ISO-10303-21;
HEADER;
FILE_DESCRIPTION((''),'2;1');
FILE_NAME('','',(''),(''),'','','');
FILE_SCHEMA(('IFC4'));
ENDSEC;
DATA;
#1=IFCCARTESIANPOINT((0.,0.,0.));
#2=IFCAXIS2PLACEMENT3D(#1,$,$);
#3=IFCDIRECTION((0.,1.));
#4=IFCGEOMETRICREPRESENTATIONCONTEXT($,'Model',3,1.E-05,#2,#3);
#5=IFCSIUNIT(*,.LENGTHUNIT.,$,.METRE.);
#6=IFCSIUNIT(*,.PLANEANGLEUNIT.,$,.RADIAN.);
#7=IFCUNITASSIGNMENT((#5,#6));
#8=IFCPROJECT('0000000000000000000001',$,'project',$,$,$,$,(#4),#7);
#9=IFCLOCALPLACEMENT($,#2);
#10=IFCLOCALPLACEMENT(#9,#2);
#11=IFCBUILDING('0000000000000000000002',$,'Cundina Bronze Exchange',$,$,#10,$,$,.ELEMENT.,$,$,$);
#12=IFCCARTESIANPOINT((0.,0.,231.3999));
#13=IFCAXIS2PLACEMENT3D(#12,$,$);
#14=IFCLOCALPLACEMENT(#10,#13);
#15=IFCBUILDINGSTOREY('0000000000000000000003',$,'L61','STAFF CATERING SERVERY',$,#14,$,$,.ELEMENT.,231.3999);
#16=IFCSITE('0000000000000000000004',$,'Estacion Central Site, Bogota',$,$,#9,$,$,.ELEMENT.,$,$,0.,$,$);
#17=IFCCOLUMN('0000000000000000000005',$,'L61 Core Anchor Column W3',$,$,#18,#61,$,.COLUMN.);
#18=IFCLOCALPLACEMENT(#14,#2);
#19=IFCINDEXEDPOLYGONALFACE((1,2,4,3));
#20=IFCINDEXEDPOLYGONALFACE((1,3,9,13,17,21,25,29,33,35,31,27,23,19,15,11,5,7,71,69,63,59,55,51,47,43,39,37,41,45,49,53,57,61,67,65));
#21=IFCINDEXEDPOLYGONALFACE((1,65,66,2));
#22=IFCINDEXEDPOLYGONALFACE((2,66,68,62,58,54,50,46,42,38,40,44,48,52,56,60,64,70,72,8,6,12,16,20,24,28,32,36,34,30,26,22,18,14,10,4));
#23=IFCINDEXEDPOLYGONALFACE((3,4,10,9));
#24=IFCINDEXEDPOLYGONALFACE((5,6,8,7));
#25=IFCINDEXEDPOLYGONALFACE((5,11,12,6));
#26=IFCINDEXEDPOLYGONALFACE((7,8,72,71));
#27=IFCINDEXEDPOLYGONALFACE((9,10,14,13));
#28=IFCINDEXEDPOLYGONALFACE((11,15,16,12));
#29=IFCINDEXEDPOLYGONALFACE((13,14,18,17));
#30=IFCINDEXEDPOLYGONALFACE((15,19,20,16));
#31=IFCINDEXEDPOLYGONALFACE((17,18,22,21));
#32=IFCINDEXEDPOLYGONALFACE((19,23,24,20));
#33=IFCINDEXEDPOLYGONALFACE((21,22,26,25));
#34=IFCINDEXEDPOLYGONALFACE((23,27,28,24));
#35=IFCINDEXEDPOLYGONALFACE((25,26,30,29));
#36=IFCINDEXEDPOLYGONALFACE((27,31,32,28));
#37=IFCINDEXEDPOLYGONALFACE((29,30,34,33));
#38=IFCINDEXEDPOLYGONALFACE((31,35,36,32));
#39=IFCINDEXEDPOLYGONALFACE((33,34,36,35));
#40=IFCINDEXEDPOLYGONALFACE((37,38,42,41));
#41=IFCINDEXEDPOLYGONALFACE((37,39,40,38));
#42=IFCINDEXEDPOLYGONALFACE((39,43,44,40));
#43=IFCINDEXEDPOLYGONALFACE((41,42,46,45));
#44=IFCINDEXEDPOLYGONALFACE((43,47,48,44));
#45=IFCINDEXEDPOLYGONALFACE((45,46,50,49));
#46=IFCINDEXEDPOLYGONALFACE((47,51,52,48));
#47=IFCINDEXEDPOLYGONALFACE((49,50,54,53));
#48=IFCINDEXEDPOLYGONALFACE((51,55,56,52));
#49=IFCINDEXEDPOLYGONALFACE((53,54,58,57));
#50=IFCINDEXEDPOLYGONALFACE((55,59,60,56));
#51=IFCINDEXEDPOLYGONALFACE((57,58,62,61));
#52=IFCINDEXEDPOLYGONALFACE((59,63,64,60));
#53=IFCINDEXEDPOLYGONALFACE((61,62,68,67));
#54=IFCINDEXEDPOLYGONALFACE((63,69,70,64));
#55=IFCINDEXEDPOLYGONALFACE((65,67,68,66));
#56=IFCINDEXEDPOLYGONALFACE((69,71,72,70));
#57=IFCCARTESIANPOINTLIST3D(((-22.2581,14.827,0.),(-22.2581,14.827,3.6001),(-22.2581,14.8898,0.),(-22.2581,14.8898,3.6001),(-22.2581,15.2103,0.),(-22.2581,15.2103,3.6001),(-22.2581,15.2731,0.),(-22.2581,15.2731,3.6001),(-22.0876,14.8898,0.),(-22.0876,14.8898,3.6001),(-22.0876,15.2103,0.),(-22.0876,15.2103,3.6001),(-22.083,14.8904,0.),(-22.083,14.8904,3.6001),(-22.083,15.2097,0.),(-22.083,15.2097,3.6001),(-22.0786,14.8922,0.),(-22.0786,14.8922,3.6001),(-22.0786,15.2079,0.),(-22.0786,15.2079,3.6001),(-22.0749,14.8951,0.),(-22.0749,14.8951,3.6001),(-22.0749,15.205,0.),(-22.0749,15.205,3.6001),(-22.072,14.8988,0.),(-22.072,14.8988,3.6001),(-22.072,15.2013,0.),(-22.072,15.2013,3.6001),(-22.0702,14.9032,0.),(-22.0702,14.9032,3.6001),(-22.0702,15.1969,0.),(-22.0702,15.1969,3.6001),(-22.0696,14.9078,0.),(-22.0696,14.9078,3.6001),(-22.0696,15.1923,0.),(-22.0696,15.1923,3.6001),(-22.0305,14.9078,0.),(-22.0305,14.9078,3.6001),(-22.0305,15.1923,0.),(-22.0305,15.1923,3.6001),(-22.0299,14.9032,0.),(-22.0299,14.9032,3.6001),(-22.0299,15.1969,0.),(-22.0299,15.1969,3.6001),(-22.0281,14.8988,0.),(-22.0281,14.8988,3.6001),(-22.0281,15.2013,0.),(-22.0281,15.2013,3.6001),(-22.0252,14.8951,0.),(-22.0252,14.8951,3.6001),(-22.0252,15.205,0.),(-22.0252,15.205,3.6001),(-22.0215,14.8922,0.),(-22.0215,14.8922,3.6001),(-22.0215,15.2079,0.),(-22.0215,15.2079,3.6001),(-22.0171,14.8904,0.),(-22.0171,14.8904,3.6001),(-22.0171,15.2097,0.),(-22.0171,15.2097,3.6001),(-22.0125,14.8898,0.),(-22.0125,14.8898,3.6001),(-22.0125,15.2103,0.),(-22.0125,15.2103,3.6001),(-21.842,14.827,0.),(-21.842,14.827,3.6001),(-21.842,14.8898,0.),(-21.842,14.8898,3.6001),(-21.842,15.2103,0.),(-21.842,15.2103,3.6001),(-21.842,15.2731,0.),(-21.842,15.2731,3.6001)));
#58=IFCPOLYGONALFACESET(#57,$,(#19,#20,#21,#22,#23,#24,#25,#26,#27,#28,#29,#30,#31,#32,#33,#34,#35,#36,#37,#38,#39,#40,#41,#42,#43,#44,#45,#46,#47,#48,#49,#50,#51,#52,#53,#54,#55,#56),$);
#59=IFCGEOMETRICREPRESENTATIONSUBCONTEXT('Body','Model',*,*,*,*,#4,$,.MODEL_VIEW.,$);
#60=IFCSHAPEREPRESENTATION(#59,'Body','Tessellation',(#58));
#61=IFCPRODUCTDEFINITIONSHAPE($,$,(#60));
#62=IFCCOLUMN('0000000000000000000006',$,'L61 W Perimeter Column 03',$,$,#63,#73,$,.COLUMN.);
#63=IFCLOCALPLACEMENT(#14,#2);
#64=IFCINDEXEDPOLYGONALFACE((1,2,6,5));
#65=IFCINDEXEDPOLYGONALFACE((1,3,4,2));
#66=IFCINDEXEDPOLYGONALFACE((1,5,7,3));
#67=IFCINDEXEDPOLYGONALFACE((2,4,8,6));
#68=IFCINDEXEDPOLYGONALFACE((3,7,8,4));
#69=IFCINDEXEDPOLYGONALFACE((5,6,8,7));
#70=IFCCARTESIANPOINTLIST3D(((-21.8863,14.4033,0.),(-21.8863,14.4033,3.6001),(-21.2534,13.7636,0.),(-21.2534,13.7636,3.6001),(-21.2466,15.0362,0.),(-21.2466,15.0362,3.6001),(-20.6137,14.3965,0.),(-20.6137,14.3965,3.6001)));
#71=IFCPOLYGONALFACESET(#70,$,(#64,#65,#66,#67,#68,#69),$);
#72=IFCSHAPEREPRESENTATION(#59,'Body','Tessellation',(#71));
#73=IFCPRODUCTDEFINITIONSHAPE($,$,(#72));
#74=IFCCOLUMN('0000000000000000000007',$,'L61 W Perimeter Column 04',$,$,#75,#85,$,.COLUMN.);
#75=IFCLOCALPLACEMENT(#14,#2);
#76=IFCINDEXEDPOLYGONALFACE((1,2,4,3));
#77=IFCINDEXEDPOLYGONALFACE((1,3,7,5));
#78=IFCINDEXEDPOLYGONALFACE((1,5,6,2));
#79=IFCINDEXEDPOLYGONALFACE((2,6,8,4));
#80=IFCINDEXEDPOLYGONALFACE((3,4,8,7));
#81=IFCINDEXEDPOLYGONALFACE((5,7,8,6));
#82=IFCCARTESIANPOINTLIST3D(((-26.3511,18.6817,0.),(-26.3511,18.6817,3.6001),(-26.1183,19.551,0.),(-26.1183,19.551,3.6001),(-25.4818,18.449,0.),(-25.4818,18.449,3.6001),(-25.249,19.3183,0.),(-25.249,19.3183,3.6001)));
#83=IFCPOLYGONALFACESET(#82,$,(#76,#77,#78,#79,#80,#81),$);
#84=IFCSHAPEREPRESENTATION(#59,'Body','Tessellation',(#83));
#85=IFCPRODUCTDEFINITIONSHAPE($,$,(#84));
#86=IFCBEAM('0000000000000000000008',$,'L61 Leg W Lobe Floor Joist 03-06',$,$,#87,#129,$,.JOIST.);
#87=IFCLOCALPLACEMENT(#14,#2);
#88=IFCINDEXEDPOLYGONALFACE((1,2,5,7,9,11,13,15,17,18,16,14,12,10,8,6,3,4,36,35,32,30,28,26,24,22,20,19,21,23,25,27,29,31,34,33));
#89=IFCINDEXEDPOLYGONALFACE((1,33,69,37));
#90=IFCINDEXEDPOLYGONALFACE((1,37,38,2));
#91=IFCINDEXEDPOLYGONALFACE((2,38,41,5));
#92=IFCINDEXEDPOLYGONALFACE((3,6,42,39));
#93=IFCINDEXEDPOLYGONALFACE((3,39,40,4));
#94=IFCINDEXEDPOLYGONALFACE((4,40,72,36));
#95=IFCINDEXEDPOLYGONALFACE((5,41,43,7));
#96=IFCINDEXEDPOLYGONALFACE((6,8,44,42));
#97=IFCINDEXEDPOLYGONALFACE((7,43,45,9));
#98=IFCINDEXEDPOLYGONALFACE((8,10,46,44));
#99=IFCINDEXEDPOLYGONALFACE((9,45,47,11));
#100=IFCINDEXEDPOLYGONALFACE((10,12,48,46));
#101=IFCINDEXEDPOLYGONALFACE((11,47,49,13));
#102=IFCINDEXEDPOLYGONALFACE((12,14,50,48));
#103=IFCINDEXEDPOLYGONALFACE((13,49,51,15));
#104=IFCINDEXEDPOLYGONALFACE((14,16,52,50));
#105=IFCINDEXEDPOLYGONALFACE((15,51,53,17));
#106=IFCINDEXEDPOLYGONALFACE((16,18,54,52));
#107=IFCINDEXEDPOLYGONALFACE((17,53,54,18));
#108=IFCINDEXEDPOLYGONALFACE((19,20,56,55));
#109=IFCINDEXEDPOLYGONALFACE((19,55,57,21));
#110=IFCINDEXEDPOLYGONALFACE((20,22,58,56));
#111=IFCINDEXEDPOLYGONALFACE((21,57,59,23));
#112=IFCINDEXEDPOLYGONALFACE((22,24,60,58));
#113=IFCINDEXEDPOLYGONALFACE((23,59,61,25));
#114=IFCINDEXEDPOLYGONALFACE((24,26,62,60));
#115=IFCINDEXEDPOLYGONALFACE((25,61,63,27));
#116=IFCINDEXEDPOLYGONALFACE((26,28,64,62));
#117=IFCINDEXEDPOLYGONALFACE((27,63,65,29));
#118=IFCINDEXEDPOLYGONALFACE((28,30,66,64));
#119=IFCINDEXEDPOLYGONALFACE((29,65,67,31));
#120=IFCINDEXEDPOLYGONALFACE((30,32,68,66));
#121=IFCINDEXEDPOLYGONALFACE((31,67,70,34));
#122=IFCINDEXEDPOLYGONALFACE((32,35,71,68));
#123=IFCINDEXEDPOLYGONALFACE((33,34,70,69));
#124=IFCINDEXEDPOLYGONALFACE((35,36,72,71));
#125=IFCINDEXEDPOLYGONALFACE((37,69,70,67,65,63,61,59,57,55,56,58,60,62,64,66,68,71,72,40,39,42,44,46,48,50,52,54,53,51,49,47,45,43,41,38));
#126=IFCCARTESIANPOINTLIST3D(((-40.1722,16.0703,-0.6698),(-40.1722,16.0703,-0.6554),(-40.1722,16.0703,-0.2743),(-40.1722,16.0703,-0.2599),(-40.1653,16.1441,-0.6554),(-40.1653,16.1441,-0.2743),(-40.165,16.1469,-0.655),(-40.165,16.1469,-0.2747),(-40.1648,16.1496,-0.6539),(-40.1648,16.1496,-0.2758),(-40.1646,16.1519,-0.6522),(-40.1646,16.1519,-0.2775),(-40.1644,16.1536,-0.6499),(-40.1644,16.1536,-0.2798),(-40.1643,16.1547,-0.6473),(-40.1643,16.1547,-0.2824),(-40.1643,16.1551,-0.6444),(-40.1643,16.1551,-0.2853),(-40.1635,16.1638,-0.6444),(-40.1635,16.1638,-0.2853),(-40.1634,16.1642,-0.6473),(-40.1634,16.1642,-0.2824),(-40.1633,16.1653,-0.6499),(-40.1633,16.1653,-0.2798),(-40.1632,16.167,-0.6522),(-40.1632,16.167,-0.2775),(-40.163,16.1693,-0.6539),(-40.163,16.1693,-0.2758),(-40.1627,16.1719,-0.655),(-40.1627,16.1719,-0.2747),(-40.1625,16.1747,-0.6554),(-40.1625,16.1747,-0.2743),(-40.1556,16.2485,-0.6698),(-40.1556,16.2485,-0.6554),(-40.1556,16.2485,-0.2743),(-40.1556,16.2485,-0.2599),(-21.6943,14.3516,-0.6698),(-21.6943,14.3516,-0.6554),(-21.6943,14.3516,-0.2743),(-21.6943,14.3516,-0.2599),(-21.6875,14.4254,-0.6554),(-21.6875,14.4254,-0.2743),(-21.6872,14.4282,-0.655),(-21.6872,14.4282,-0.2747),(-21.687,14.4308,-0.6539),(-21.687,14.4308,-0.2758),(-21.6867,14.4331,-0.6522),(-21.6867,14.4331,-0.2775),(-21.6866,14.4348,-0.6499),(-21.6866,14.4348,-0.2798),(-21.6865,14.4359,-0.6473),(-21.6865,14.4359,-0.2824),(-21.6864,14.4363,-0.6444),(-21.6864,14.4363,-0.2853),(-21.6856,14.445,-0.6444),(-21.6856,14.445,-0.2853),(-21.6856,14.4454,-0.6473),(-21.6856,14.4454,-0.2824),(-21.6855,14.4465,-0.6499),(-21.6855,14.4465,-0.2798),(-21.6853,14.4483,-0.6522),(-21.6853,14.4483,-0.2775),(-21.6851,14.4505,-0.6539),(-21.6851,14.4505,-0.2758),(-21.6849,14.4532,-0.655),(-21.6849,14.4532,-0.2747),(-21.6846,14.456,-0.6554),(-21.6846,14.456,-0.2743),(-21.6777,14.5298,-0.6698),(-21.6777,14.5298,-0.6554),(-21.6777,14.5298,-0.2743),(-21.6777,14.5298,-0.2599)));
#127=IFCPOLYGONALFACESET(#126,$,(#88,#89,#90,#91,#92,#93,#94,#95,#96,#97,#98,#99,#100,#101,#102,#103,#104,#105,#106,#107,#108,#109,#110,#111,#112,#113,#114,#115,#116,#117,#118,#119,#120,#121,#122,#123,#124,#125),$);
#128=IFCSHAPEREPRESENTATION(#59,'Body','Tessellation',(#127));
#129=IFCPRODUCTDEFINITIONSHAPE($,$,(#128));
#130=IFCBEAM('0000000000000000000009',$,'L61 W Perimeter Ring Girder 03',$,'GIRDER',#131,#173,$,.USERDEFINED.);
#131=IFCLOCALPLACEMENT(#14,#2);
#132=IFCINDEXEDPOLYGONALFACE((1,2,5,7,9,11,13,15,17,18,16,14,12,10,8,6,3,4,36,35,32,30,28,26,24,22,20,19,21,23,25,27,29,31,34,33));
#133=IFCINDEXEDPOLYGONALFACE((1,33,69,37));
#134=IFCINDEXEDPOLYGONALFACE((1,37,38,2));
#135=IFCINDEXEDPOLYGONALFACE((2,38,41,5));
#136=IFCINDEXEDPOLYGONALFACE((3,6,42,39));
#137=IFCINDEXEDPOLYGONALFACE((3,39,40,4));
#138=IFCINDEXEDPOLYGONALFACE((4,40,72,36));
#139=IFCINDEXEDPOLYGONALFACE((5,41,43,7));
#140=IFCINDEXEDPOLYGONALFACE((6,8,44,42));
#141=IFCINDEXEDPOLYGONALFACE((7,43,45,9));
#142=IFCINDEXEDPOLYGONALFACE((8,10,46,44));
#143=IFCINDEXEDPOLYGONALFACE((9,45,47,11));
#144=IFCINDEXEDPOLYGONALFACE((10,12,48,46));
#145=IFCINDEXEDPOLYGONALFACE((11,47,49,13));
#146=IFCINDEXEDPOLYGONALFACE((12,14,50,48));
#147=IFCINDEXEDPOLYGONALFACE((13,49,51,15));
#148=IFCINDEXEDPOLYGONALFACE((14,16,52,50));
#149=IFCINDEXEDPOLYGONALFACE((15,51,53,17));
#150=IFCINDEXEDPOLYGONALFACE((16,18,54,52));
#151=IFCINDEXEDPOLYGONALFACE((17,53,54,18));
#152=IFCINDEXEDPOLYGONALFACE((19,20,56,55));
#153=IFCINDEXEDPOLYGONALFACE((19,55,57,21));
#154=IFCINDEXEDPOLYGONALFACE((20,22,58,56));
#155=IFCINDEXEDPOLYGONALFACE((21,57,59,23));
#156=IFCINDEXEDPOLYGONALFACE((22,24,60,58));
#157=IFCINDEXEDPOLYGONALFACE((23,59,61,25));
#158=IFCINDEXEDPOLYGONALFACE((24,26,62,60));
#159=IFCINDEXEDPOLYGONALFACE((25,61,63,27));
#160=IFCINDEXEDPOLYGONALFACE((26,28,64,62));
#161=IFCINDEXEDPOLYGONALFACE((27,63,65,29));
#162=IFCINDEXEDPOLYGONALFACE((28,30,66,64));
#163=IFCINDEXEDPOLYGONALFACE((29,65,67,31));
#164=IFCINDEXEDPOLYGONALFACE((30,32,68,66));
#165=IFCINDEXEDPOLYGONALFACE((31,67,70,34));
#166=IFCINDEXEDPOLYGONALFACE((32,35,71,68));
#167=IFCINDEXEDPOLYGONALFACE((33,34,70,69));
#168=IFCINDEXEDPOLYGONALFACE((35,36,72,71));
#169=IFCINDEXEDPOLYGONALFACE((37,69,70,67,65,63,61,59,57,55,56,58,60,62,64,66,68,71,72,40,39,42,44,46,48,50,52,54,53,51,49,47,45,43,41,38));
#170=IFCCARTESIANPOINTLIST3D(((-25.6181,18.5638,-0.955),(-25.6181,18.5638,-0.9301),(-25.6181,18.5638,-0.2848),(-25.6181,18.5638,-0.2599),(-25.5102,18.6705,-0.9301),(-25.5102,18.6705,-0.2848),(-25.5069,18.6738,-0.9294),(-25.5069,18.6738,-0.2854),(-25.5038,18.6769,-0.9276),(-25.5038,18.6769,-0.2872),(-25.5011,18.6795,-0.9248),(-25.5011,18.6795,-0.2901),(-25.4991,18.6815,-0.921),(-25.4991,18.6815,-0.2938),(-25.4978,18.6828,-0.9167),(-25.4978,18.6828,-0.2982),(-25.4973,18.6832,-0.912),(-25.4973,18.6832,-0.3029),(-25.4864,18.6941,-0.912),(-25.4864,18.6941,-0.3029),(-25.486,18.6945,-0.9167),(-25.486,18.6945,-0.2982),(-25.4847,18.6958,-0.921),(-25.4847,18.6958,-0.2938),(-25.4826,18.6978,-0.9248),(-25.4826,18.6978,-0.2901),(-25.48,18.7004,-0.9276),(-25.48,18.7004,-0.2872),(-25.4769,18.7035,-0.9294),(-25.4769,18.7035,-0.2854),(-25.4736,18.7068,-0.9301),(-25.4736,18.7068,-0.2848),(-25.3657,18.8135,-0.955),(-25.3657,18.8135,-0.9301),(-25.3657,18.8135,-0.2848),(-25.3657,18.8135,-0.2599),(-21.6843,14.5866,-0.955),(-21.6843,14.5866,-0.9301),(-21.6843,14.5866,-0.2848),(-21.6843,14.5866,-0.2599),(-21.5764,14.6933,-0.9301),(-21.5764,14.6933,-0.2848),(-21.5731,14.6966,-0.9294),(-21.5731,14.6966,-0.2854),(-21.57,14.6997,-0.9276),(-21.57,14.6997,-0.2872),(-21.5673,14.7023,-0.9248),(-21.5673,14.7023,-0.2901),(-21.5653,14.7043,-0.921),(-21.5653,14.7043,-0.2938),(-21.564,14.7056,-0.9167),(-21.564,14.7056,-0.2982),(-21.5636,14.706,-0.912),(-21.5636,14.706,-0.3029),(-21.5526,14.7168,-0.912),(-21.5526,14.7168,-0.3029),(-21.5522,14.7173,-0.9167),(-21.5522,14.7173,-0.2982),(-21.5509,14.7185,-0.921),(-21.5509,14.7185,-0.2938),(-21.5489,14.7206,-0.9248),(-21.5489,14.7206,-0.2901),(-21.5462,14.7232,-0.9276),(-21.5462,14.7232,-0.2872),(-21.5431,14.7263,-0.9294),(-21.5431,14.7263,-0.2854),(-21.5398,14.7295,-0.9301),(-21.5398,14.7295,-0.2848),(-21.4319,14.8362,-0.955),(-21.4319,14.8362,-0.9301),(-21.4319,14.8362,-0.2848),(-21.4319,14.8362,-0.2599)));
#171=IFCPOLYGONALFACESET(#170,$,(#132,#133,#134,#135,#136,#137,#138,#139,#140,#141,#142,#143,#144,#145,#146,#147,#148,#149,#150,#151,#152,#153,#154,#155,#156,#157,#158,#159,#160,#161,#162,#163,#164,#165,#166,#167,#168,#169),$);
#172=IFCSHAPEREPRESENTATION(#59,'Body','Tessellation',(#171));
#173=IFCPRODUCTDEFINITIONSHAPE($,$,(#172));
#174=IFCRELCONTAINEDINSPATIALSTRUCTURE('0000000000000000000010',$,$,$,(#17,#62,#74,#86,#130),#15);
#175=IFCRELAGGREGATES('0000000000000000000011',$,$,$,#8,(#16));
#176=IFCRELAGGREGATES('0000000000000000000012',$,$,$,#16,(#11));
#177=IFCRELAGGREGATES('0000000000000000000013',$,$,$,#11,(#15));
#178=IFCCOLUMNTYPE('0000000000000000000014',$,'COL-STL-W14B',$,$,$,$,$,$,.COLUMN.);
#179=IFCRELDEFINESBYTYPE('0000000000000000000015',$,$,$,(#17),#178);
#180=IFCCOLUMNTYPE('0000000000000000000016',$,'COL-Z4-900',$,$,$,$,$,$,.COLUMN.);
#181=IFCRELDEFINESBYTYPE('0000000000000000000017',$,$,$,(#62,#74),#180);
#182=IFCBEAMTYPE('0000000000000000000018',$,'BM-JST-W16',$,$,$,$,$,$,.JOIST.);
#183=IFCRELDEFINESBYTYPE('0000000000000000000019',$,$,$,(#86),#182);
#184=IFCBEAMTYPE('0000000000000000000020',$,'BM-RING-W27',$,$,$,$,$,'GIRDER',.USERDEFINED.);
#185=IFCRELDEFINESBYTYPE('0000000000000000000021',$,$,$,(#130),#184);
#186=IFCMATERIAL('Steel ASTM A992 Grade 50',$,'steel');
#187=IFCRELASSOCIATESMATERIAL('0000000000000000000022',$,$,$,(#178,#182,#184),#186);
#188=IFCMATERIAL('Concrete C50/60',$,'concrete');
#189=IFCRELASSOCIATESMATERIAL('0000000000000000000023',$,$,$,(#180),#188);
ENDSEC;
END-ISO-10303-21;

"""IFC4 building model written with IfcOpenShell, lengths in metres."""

from ifc_helpers import new_model, si_unit, direction, frame, origin, origin_2d, place, context, subcontext, project, spatial, rectangle, i_section, extrude, material, material_profile, profile_set, type_object, element, save


model = new_model("IFC4")

# Units and contexts
model_context = context("Model", 3, precision=1e-05, world=origin(), true_north=direction((0.0, 1.0)))
body_context = subcontext(model_context, "Body", "Model", "MODEL_VIEW")
ifc_project = project(units=[si_unit("LENGTHUNIT", "METRE"), si_unit("PLANEANGLEUNIT", "RADIAN")], contexts=[model_context])

# Site, building, storey
site_placement = place(None, origin())
site = spatial("IfcSite", under=ifc_project, at=site_placement, Name="Estacion Central Site, Bogota", CompositionType="ELEMENT", RefElevation=0.0)
building_placement = place(site_placement, origin())
building = spatial("IfcBuilding", under=site, at=building_placement, Name="Cundina Bronze Exchange", CompositionType="ELEMENT")
storey_placement = place(building_placement, frame((0.0, 0.0, 231.3999)))
storey = spatial("IfcBuildingStorey", under=building, at=storey_placement, Name="L61", Description="STAFF CATERING SERVERY", CompositionType="ELEMENT", Elevation=231.3999)

# Columns
ifc_material_1 = material(Name="Steel ASTM A992 Grade 50", Category="steel")
ifc_material_profile_1 = material_profile(ifc_material_1, i_section(OverallWidth=0.416, OverallDepth=0.446, WebThickness=0.0391, FlangeThickness=0.0627, FilletRadius=0.0181, at=origin_2d()), Name="W14X342", Category="steel")
ifc_profile_set_1 = profile_set([ifc_material_profile_1], Name="Steel ASTM A992 Grade 50")
column_type_1 = type_object("IfcColumnType", Name="COL-STL-W14B", PredefinedType="COLUMN", material=ifc_profile_set_1)
column_placement = place(storey_placement, frame((-22.05, 15.05, 0.0), z_axis=(0.0, 0.0, 1.0), x_axis=(1.0, 0.0, 0.0)))
element("IfcColumn", 1, at=column_placement, inside=storey, type_object=column_type_1, Name="L61 Core Anchor Column W3", PredefinedType="COLUMN", context=body_context, shape_type="SweptSolid", body=[
    extrude(i_section(OverallWidth=0.416, OverallDepth=0.446, WebThickness=0.0391, FlangeThickness=0.0627, FilletRadius=0.0181, at=origin_2d()), origin(), (0.0, 0.0, 1.0), 3.6001),
])
ifc_material_2 = material(Name="Concrete C50/60", Category="concrete")
ifc_material_profile_2 = material_profile(ifc_material_2, rectangle(XDim=0.8999, YDim=0.8999, at=origin_2d()), Name="RC900X900", Category="concrete")
ifc_profile_set_2 = profile_set([ifc_material_profile_2], Name="Concrete C50/60")
column_type_2 = type_object("IfcColumnType", Name="COL-Z4-900", PredefinedType="COLUMN", material=ifc_profile_set_2)
for number, where, z_axis, x_axis, name in (
    (2, (-21.25, 14.3999, 0.0), (0.0, 0.0, 1.0), (-0.703271, 0.710922, 0.0), "L61 W Perimeter Column 03"),
    (3, (-25.8, 19.0, 0.0), (0.0, 0.0, 1.0), (-0.965971, 0.25865, 0.0), "L61 W Perimeter Column 04"),
):
    element("IfcColumn", number, at=place(storey_placement, frame(where, z_axis=z_axis, x_axis=x_axis)), inside=storey, type_object=column_type_2, Name=name, PredefinedType="COLUMN", context=body_context, shape_type="SweptSolid", body=[
        extrude(rectangle(XDim=0.8999, YDim=0.8999, at=origin_2d()), origin(), (0.0, 0.0, 1.0), 3.6001),
    ])

# Beams
ifc_material_profile_3 = material_profile(ifc_material_1, i_section(OverallWidth=0.179, OverallDepth=0.4099, WebThickness=0.0088, FlangeThickness=0.0144, FilletRadius=0.011, at=origin_2d()), Name="W16X45", Category="steel")
ifc_profile_set_3 = profile_set([ifc_material_profile_3], Name="Steel ASTM A992 Grade 50")
beam_type_1 = type_object("IfcBeamType", Name="BM-JST-W16", PredefinedType="JOIST", material=ifc_profile_set_3)
beam_1_placement = place(storey_placement, frame((-21.686, 14.4407, -0.4648), z_axis=(-0.995702, 0.092617, 0.0), x_axis=(-0.092617, -0.995702, 0.0)))
element("IfcBeam", 4, at=beam_1_placement, inside=storey, type_object=beam_type_1, Name="L61 Leg W Lobe Floor Joist 03-06", PredefinedType="JOIST", context=body_context, shape_type="SweptSolid", body=[
    extrude(i_section(OverallWidth=0.179, OverallDepth=0.4099, WebThickness=0.0088, FlangeThickness=0.0144, FilletRadius=0.011, at=origin_2d()), origin(), (0.0, 0.0, 1.0), 18.5576),
])
ifc_material_profile_4 = material_profile(ifc_material_1, i_section(OverallWidth=0.355, OverallDepth=0.6951, WebThickness=0.0154, FlangeThickness=0.0249, FilletRadius=0.0181, at=origin_2d()), Name="W27X146", Category="steel")
ifc_profile_set_4 = profile_set([ifc_material_profile_4], Name="Steel ASTM A992 Grade 50")
beam_type_2 = type_object("IfcBeamType", Name="BM-RING-W27", ElementType="GIRDER", PredefinedType="USERDEFINED", material=ifc_profile_set_4)
beam_2_placement = place(storey_placement, frame((-21.5581, 14.7114, -0.6074), z_axis=(-0.703212, 0.71098, 0.0), x_axis=(-0.71098, -0.703212, 0.0)))
element("IfcBeam", 5, at=beam_2_placement, inside=storey, type_object=beam_type_2, Name="L61 W Perimeter Ring Girder 03", ObjectType="GIRDER", PredefinedType="USERDEFINED", context=body_context, shape_type="SweptSolid", body=[
    extrude(i_section(OverallWidth=0.355, OverallDepth=0.6951, WebThickness=0.0154, FlangeThickness=0.0249, FilletRadius=0.0181, at=origin_2d()), origin(), (0.0, 0.0, 1.0), 5.594),
])

save(model, "model.ifc")
